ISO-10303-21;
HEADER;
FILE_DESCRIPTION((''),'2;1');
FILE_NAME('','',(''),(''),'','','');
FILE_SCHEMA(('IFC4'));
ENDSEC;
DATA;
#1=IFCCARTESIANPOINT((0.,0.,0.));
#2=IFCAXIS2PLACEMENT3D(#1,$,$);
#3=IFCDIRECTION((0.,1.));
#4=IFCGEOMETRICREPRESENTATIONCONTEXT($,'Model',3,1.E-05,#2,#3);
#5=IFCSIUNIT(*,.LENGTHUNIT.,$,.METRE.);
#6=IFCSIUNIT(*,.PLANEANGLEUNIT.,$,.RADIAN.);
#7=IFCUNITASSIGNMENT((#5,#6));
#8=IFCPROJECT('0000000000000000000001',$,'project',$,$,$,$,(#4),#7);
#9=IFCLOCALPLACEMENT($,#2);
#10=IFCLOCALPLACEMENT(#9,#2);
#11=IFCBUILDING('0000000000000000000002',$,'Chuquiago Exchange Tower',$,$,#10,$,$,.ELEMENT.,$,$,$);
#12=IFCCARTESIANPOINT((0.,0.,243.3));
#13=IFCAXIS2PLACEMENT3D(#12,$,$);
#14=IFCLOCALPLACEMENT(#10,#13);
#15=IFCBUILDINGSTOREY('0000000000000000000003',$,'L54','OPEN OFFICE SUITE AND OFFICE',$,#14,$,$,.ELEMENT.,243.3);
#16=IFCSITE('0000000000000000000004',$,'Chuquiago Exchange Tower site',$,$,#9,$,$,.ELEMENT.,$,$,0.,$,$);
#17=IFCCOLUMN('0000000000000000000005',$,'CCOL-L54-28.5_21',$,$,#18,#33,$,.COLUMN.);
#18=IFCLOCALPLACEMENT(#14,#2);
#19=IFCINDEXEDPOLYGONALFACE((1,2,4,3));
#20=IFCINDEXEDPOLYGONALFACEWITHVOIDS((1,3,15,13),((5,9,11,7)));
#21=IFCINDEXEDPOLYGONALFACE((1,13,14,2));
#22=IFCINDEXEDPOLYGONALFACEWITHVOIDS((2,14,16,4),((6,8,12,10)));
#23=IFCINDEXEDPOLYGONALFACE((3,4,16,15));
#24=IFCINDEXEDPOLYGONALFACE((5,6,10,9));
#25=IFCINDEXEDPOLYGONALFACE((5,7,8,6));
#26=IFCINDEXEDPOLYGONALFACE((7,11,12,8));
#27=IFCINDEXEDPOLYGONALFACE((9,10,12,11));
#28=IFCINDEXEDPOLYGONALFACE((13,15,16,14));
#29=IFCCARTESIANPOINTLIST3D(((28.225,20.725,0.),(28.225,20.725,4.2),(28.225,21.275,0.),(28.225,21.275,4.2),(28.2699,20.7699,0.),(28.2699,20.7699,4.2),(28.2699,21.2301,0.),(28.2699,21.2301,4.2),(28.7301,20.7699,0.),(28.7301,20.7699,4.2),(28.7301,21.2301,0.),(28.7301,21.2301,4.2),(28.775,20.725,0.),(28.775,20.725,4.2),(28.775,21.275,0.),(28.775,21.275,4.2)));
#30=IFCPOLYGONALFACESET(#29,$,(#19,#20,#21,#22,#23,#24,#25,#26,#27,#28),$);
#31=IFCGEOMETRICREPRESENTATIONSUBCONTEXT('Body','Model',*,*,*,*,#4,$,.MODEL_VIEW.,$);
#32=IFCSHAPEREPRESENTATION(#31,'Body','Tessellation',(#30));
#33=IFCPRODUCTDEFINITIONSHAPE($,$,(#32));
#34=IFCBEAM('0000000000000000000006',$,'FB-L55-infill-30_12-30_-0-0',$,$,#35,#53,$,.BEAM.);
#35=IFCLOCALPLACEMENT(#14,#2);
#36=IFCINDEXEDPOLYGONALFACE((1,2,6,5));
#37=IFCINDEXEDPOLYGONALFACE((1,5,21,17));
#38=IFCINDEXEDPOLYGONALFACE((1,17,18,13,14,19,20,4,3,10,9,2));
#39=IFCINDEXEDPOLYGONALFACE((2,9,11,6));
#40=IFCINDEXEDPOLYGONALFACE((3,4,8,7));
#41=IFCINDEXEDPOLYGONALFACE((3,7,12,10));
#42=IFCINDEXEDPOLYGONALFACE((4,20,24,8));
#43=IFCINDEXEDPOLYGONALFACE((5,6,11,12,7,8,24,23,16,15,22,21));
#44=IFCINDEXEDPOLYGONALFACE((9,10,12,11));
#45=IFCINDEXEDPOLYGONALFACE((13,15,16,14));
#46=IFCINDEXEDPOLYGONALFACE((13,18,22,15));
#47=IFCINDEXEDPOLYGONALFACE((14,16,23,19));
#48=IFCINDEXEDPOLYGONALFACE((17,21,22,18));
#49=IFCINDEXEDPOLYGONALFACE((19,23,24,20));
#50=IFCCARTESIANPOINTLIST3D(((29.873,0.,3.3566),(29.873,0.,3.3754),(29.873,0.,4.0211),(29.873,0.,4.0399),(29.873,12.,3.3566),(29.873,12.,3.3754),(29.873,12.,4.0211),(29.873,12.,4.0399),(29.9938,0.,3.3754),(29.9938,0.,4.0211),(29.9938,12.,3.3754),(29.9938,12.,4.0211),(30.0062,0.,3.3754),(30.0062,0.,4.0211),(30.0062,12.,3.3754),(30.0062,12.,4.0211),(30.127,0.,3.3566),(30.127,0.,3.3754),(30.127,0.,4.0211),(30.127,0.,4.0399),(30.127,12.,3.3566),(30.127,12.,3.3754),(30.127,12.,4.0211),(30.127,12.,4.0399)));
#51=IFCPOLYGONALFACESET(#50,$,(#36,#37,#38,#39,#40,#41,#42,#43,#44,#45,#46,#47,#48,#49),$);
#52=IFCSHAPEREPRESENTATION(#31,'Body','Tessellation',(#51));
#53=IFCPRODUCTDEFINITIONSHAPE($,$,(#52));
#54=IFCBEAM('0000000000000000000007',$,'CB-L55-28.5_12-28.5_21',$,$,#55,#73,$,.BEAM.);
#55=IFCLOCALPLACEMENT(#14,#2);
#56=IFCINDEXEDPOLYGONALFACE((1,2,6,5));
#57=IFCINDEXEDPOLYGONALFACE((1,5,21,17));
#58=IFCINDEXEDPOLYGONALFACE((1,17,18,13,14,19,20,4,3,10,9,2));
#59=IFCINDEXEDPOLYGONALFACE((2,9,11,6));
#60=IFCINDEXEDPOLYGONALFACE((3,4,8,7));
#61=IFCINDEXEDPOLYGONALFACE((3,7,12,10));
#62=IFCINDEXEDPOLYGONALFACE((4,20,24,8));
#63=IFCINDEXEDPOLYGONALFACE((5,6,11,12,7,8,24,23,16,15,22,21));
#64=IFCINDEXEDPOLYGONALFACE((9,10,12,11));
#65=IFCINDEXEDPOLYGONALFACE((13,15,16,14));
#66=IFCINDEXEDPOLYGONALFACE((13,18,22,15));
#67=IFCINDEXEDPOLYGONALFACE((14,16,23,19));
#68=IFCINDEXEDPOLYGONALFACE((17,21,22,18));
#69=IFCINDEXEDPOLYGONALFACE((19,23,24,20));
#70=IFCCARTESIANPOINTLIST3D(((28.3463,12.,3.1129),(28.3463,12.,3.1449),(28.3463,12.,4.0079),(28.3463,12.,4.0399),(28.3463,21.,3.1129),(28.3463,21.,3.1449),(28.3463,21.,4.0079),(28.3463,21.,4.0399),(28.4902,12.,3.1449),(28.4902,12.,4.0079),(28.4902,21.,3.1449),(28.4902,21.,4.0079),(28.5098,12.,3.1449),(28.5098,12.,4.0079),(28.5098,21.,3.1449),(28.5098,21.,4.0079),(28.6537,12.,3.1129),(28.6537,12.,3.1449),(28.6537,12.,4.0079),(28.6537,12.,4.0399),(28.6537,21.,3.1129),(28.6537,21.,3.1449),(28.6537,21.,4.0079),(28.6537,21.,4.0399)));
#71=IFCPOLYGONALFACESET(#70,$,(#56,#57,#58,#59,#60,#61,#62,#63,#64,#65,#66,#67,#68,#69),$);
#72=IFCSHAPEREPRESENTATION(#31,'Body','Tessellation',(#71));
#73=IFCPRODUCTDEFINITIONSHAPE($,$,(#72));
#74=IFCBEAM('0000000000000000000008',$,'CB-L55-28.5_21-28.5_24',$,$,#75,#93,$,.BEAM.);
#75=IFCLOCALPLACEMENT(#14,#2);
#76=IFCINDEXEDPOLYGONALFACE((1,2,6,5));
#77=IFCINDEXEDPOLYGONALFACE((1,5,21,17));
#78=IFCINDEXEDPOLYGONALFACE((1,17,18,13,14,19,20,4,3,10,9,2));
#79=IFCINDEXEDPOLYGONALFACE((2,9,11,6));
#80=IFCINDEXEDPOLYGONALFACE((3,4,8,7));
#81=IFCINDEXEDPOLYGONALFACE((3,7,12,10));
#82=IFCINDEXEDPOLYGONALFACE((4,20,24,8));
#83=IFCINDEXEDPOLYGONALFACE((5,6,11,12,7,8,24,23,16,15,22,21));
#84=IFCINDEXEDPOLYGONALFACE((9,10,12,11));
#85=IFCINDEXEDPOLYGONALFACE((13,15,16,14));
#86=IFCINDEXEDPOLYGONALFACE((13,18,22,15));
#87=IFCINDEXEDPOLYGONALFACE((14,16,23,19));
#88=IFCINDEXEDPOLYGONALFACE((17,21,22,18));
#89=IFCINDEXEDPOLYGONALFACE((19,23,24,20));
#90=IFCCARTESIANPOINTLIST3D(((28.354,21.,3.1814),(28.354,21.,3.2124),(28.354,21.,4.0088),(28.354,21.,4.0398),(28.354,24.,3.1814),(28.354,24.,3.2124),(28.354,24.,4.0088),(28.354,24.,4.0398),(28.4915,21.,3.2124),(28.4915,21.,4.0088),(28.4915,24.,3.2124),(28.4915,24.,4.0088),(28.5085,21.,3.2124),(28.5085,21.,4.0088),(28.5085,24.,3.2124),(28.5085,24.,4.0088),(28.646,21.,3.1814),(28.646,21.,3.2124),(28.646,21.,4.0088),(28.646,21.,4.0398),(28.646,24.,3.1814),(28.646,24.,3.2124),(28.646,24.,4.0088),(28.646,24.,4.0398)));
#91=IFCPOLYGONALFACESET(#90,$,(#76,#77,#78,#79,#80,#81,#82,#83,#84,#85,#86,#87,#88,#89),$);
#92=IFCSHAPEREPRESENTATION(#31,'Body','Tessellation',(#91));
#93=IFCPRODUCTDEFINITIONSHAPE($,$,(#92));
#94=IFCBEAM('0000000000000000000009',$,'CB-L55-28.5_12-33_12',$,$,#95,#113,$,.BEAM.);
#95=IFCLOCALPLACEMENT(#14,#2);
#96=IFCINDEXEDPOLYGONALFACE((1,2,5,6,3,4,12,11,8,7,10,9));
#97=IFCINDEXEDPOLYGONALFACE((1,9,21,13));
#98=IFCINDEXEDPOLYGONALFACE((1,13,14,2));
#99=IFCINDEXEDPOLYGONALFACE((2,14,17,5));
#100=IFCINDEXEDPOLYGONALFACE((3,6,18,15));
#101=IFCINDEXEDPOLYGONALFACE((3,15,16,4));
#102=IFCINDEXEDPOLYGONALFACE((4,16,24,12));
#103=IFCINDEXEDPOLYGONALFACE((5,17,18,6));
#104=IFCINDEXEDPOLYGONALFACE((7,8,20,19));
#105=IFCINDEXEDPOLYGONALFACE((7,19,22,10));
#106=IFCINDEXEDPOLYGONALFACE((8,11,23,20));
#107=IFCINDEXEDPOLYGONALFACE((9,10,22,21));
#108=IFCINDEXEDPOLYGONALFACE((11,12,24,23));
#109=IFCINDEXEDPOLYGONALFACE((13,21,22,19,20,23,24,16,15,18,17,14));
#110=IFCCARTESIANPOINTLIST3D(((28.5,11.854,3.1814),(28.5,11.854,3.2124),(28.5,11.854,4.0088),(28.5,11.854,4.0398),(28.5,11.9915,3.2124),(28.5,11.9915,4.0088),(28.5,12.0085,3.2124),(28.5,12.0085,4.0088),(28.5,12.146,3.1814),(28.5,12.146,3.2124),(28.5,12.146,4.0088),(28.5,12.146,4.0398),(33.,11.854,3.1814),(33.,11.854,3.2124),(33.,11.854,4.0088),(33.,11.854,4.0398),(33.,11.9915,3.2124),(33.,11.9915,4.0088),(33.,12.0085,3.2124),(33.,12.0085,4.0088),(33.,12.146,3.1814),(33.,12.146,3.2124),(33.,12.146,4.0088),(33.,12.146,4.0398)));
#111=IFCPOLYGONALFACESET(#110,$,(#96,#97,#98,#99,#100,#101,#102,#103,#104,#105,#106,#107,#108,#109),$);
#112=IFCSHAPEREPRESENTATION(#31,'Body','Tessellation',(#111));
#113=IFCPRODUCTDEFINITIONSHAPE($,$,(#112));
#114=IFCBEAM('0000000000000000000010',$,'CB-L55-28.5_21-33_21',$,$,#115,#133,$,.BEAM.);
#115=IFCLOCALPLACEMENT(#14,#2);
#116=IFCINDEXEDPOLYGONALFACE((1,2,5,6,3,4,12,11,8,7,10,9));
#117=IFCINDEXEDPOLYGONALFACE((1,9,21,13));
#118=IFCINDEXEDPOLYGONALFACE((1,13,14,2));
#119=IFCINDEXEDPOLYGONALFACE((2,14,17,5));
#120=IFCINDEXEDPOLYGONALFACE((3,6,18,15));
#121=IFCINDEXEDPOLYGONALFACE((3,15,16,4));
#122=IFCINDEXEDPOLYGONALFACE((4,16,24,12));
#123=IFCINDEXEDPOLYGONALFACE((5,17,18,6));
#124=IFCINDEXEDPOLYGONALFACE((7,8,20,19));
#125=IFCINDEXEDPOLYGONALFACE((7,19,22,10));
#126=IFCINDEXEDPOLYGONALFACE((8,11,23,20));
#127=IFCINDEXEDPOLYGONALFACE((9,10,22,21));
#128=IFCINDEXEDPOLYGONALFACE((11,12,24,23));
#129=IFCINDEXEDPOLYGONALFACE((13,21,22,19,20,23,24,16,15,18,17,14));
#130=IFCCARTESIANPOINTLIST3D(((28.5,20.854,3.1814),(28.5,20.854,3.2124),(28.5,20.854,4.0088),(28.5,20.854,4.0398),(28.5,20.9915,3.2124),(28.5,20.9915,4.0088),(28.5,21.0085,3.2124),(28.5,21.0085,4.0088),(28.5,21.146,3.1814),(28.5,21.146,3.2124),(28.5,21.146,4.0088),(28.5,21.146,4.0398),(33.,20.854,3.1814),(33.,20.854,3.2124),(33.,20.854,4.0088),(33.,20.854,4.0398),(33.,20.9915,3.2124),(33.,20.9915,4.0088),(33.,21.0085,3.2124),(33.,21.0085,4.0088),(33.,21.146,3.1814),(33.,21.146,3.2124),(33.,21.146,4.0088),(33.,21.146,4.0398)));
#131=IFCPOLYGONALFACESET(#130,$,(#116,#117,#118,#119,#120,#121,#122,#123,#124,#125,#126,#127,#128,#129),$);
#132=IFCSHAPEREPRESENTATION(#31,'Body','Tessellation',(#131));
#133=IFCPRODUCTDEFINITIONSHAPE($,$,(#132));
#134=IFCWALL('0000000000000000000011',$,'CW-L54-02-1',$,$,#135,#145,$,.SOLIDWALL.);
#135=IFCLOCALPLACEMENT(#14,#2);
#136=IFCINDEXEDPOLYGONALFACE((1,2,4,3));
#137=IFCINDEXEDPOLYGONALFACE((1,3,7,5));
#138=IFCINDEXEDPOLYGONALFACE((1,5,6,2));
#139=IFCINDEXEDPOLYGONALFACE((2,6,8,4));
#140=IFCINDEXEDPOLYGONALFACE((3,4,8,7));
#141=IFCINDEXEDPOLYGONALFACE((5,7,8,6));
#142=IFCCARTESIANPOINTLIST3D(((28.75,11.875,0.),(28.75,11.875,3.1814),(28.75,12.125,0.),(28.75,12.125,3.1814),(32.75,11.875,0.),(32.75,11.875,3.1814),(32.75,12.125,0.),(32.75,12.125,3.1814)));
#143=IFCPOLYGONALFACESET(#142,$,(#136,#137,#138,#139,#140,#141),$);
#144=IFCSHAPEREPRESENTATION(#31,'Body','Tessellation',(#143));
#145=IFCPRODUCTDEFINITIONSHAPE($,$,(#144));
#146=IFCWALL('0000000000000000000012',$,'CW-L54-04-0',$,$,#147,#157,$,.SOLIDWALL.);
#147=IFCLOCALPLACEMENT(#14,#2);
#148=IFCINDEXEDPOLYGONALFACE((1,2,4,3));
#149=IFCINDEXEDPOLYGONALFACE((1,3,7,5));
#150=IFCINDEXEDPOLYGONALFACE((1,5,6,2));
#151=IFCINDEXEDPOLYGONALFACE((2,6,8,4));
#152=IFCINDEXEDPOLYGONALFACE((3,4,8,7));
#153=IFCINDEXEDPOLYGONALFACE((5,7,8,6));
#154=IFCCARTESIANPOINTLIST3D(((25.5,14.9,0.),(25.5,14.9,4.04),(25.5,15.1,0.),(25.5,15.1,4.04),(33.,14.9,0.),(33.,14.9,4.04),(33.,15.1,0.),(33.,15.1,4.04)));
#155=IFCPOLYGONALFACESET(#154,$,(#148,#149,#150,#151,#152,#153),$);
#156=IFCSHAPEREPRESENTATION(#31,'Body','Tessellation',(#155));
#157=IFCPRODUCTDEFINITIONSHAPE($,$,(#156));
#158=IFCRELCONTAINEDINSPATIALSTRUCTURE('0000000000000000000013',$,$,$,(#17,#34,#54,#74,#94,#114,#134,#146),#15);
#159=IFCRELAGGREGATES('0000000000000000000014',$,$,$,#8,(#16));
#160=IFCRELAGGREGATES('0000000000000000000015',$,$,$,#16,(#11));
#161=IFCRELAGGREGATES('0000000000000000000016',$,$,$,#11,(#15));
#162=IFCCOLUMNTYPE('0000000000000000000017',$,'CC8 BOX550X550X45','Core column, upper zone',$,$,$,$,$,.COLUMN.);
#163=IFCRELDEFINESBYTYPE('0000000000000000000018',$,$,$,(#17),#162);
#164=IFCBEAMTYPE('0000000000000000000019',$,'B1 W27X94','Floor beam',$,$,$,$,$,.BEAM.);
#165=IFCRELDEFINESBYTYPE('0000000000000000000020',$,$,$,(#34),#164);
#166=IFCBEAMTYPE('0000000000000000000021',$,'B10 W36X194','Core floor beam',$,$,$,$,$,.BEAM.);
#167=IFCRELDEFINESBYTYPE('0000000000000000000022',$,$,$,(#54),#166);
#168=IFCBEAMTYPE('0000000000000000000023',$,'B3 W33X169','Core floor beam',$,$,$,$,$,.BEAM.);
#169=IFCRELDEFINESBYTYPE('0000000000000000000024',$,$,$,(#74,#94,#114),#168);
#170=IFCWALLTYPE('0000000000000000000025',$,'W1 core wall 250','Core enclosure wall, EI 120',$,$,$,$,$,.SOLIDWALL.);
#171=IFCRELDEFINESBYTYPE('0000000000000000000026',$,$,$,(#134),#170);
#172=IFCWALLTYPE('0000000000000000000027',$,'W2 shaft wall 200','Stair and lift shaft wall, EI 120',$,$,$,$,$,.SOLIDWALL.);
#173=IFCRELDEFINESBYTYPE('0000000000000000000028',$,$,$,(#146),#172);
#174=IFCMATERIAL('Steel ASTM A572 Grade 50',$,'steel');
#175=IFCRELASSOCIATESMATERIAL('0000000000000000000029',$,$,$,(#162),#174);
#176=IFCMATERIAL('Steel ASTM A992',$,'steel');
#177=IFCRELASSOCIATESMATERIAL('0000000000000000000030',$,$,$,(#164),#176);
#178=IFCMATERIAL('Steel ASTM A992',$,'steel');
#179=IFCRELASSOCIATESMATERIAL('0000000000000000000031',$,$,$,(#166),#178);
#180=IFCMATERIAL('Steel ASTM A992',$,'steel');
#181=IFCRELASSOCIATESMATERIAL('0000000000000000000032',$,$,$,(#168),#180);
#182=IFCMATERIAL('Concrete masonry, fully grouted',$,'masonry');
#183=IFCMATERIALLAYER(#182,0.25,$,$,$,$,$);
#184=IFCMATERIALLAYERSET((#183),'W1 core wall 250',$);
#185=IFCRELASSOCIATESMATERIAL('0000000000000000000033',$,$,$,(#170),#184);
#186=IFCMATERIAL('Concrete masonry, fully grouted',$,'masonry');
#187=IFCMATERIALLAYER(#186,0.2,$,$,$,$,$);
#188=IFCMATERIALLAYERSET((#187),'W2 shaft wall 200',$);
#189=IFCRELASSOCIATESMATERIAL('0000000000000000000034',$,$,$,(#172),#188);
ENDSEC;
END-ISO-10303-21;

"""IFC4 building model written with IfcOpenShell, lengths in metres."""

from ifc_helpers import new_model, si_unit, direction, frame, frame_2d, origin, origin_2d, place, context, subcontext, project, spatial, rectangle, hollow_rectangle, i_section, extrude, material, layer, layer_set, material_profile, profile_set, type_object, element, save


model = new_model("IFC4")

# Units and contexts
model_context = context("Model", 3, precision=1e-05, world=origin(), true_north=direction((0.0, 1.0)))
body_context = subcontext(model_context, "Body", "Model", "MODEL_VIEW")
ifc_project = project(units=[si_unit("LENGTHUNIT", "METRE"), si_unit("PLANEANGLEUNIT", "RADIAN")], contexts=[model_context])

# Site, building, storey
site_placement = place(None, origin())
site = spatial("IfcSite", under=ifc_project, at=site_placement, Name="Chuquiago Exchange Tower site", CompositionType="ELEMENT", RefElevation=0.0)
building_placement = place(site_placement, origin())
building = spatial("IfcBuilding", under=site, at=building_placement, Name="Chuquiago Exchange Tower", CompositionType="ELEMENT")
storey_placement = place(building_placement, frame((0.0, 0.0, 243.3)))
storey = spatial("IfcBuildingStorey", under=building, at=storey_placement, Name="L54", Description="OPEN OFFICE SUITE AND OFFICE", CompositionType="ELEMENT", Elevation=243.3)

# Column
ifc_material_1 = material(Name="Steel ASTM A572 Grade 50", Category="steel")
ifc_material_profile_1 = material_profile(ifc_material_1, hollow_rectangle(XDim=0.55, YDim=0.55, WallThickness=0.0449, at=origin_2d()), Name="BOX550X550X45")
ifc_profile_set_1 = profile_set([ifc_material_profile_1], Name="Steel ASTM A572 Grade 50")
column_type = type_object("IfcColumnType", Name="CC8 BOX550X550X45", Description="Core column, upper zone", PredefinedType="COLUMN", material=ifc_profile_set_1)
column_placement = place(storey_placement, frame((28.5, 21.0, 0.0), z_axis=(0.0, 0.0, 1.0), x_axis=(1.0, 0.0, 0.0)))
element("IfcColumn", 1, at=column_placement, inside=storey, type_object=column_type, Name="CCOL-L54-28.5_21", PredefinedType="COLUMN", context=body_context, shape_type="SweptSolid", body=[
    extrude(hollow_rectangle(XDim=0.55, YDim=0.55, WallThickness=0.0449, at=origin_2d()), origin(), (0.0, 0.0, 1.0), 4.2),
])

# Beams
ifc_material_2 = material(Name="Steel ASTM A992", Category="steel")
ifc_material_profile_2 = material_profile(ifc_material_2, i_section(OverallWidth=0.2539, OverallDepth=0.6833, WebThickness=0.0125, FlangeThickness=0.0188, at=origin_2d()), Name="W27X94")
ifc_profile_set_2 = profile_set([ifc_material_profile_2], Name="Steel ASTM A992")
beam_type_1 = type_object("IfcBeamType", Name="B1 W27X94", Description="Floor beam", PredefinedType="BEAM", material=ifc_profile_set_2)
beam_1_placement = place(storey_placement, frame((30.0, 12.0, 3.6982), z_axis=(0.0, -1.0, 0.0), x_axis=(1.0, 0.0, 0.0)))
element("IfcBeam", 2, at=beam_1_placement, inside=storey, type_object=beam_type_1, Name="FB-L55-infill-30_12-30_-0-0", PredefinedType="BEAM", context=body_context, shape_type="SweptSolid", body=[
    extrude(i_section(OverallWidth=0.2539, OverallDepth=0.6833, WebThickness=0.0125, FlangeThickness=0.0188, at=origin_2d()), origin(), (0.0, 0.0, 1.0), 12.0),
])
ifc_material_3 = material(Name="Steel ASTM A992", Category="steel")
ifc_material_profile_3 = material_profile(ifc_material_3, i_section(OverallWidth=0.3074, OverallDepth=0.927, WebThickness=0.0195, FlangeThickness=0.032, at=origin_2d()), Name="W36X194")
ifc_profile_set_3 = profile_set([ifc_material_profile_3], Name="Steel ASTM A992")
beam_type_2 = type_object("IfcBeamType", Name="B10 W36X194", Description="Core floor beam", PredefinedType="BEAM", material=ifc_profile_set_3)
beam_2_placement = place(storey_placement, frame((28.5, 12.0, 3.5764), z_axis=(0.0, 1.0, 0.0), x_axis=(-1.0, 0.0, 0.0)))
element("IfcBeam", 3, at=beam_2_placement, inside=storey, type_object=beam_type_2, Name="CB-L55-28.5_12-28.5_21", PredefinedType="BEAM", context=body_context, shape_type="SweptSolid", body=[
    extrude(i_section(OverallWidth=0.3074, OverallDepth=0.927, WebThickness=0.0195, FlangeThickness=0.032, at=origin_2d()), origin(), (0.0, 0.0, 1.0), 9.0),
])
ifc_material_4 = material(Name="Steel ASTM A992", Category="steel")
ifc_material_profile_4 = material_profile(ifc_material_4, i_section(OverallWidth=0.292, OverallDepth=0.8584, WebThickness=0.0171, FlangeThickness=0.031, at=origin_2d()), Name="W33X169")
ifc_profile_set_4 = profile_set([ifc_material_profile_4], Name="Steel ASTM A992")
beam_type_3 = type_object("IfcBeamType", Name="B3 W33X169", Description="Core floor beam", PredefinedType="BEAM", material=ifc_profile_set_4)
beam_3_placement = place(storey_placement, frame((28.5, 21.0, 3.6106), z_axis=(0.0, 1.0, 0.0), x_axis=(-1.0, 0.0, 0.0)))
element("IfcBeam", 4, at=beam_3_placement, inside=storey, type_object=beam_type_3, Name="CB-L55-28.5_21-28.5_24", PredefinedType="BEAM", context=body_context, shape_type="SweptSolid", body=[
    extrude(i_section(OverallWidth=0.292, OverallDepth=0.8584, WebThickness=0.0171, FlangeThickness=0.031, at=origin_2d()), origin(), (0.0, 0.0, 1.0), 3.0),
])
for number, where, z_axis, x_axis, name in (
    (5, (28.5, 12.0, 3.6106), (1.0, 0.0, 0.0), (0.0, 1.0, 0.0), "CB-L55-28.5_12-33_12"),
    (6, (28.5, 21.0, 3.6106), (1.0, 0.0, 0.0), (0.0, 1.0, 0.0), "CB-L55-28.5_21-33_21"),
):
    element("IfcBeam", number, at=place(storey_placement, frame(where, z_axis=z_axis, x_axis=x_axis)), inside=storey, type_object=beam_type_3, Name=name, PredefinedType="BEAM", context=body_context, shape_type="SweptSolid", body=[
        extrude(i_section(OverallWidth=0.292, OverallDepth=0.8584, WebThickness=0.0171, FlangeThickness=0.031, at=origin_2d()), origin(), (0.0, 0.0, 1.0), 4.5),
    ])

# Walls
ifc_material_5 = material(Name="Concrete masonry, fully grouted", Category="masonry")
ifc_layer_1 = layer(ifc_material_5, 0.25)
ifc_layer_set_1 = layer_set([ifc_layer_1], Name="W1 core wall 250")
wall_type_1 = type_object("IfcWallType", Name="W1 core wall 250", Description="Core enclosure wall, EI 120", PredefinedType="SOLIDWALL", material=ifc_layer_set_1)
wall_1_placement = place(storey_placement, frame((28.75, 12.0, 0.0), z_axis=(0.0, 0.0, 1.0), x_axis=(1.0, 0.0, 0.0)))
element("IfcWall", 7, at=wall_1_placement, inside=storey, type_object=wall_type_1, Name="CW-L54-02-1", PredefinedType="SOLIDWALL", context=body_context, shape_type="SweptSolid", body=[
    extrude(rectangle(XDim=4.0, YDim=0.25, at=frame_2d((2.0, 0.0))), origin(), (0.0, 0.0, 1.0), 3.1814),
])
ifc_material_6 = material(Name="Concrete masonry, fully grouted", Category="masonry")
ifc_layer_2 = layer(ifc_material_6, 0.2)
ifc_layer_set_2 = layer_set([ifc_layer_2], Name="W2 shaft wall 200")
wall_type_2 = type_object("IfcWallType", Name="W2 shaft wall 200", Description="Stair and lift shaft wall, EI 120", PredefinedType="SOLIDWALL", material=ifc_layer_set_2)
wall_2_placement = place(storey_placement, frame((25.5, 15.0, 0.0), z_axis=(0.0, 0.0, 1.0), x_axis=(1.0, 0.0, 0.0)))
element("IfcWall", 8, at=wall_2_placement, inside=storey, type_object=wall_type_2, Name="CW-L54-04-0", PredefinedType="SOLIDWALL", context=body_context, shape_type="SweptSolid", body=[
    extrude(rectangle(XDim=7.5, YDim=0.2, at=frame_2d((3.75, 0.0))), origin(), (0.0, 0.0, 1.0), 4.04),
])

save(model, "model.ifc")
